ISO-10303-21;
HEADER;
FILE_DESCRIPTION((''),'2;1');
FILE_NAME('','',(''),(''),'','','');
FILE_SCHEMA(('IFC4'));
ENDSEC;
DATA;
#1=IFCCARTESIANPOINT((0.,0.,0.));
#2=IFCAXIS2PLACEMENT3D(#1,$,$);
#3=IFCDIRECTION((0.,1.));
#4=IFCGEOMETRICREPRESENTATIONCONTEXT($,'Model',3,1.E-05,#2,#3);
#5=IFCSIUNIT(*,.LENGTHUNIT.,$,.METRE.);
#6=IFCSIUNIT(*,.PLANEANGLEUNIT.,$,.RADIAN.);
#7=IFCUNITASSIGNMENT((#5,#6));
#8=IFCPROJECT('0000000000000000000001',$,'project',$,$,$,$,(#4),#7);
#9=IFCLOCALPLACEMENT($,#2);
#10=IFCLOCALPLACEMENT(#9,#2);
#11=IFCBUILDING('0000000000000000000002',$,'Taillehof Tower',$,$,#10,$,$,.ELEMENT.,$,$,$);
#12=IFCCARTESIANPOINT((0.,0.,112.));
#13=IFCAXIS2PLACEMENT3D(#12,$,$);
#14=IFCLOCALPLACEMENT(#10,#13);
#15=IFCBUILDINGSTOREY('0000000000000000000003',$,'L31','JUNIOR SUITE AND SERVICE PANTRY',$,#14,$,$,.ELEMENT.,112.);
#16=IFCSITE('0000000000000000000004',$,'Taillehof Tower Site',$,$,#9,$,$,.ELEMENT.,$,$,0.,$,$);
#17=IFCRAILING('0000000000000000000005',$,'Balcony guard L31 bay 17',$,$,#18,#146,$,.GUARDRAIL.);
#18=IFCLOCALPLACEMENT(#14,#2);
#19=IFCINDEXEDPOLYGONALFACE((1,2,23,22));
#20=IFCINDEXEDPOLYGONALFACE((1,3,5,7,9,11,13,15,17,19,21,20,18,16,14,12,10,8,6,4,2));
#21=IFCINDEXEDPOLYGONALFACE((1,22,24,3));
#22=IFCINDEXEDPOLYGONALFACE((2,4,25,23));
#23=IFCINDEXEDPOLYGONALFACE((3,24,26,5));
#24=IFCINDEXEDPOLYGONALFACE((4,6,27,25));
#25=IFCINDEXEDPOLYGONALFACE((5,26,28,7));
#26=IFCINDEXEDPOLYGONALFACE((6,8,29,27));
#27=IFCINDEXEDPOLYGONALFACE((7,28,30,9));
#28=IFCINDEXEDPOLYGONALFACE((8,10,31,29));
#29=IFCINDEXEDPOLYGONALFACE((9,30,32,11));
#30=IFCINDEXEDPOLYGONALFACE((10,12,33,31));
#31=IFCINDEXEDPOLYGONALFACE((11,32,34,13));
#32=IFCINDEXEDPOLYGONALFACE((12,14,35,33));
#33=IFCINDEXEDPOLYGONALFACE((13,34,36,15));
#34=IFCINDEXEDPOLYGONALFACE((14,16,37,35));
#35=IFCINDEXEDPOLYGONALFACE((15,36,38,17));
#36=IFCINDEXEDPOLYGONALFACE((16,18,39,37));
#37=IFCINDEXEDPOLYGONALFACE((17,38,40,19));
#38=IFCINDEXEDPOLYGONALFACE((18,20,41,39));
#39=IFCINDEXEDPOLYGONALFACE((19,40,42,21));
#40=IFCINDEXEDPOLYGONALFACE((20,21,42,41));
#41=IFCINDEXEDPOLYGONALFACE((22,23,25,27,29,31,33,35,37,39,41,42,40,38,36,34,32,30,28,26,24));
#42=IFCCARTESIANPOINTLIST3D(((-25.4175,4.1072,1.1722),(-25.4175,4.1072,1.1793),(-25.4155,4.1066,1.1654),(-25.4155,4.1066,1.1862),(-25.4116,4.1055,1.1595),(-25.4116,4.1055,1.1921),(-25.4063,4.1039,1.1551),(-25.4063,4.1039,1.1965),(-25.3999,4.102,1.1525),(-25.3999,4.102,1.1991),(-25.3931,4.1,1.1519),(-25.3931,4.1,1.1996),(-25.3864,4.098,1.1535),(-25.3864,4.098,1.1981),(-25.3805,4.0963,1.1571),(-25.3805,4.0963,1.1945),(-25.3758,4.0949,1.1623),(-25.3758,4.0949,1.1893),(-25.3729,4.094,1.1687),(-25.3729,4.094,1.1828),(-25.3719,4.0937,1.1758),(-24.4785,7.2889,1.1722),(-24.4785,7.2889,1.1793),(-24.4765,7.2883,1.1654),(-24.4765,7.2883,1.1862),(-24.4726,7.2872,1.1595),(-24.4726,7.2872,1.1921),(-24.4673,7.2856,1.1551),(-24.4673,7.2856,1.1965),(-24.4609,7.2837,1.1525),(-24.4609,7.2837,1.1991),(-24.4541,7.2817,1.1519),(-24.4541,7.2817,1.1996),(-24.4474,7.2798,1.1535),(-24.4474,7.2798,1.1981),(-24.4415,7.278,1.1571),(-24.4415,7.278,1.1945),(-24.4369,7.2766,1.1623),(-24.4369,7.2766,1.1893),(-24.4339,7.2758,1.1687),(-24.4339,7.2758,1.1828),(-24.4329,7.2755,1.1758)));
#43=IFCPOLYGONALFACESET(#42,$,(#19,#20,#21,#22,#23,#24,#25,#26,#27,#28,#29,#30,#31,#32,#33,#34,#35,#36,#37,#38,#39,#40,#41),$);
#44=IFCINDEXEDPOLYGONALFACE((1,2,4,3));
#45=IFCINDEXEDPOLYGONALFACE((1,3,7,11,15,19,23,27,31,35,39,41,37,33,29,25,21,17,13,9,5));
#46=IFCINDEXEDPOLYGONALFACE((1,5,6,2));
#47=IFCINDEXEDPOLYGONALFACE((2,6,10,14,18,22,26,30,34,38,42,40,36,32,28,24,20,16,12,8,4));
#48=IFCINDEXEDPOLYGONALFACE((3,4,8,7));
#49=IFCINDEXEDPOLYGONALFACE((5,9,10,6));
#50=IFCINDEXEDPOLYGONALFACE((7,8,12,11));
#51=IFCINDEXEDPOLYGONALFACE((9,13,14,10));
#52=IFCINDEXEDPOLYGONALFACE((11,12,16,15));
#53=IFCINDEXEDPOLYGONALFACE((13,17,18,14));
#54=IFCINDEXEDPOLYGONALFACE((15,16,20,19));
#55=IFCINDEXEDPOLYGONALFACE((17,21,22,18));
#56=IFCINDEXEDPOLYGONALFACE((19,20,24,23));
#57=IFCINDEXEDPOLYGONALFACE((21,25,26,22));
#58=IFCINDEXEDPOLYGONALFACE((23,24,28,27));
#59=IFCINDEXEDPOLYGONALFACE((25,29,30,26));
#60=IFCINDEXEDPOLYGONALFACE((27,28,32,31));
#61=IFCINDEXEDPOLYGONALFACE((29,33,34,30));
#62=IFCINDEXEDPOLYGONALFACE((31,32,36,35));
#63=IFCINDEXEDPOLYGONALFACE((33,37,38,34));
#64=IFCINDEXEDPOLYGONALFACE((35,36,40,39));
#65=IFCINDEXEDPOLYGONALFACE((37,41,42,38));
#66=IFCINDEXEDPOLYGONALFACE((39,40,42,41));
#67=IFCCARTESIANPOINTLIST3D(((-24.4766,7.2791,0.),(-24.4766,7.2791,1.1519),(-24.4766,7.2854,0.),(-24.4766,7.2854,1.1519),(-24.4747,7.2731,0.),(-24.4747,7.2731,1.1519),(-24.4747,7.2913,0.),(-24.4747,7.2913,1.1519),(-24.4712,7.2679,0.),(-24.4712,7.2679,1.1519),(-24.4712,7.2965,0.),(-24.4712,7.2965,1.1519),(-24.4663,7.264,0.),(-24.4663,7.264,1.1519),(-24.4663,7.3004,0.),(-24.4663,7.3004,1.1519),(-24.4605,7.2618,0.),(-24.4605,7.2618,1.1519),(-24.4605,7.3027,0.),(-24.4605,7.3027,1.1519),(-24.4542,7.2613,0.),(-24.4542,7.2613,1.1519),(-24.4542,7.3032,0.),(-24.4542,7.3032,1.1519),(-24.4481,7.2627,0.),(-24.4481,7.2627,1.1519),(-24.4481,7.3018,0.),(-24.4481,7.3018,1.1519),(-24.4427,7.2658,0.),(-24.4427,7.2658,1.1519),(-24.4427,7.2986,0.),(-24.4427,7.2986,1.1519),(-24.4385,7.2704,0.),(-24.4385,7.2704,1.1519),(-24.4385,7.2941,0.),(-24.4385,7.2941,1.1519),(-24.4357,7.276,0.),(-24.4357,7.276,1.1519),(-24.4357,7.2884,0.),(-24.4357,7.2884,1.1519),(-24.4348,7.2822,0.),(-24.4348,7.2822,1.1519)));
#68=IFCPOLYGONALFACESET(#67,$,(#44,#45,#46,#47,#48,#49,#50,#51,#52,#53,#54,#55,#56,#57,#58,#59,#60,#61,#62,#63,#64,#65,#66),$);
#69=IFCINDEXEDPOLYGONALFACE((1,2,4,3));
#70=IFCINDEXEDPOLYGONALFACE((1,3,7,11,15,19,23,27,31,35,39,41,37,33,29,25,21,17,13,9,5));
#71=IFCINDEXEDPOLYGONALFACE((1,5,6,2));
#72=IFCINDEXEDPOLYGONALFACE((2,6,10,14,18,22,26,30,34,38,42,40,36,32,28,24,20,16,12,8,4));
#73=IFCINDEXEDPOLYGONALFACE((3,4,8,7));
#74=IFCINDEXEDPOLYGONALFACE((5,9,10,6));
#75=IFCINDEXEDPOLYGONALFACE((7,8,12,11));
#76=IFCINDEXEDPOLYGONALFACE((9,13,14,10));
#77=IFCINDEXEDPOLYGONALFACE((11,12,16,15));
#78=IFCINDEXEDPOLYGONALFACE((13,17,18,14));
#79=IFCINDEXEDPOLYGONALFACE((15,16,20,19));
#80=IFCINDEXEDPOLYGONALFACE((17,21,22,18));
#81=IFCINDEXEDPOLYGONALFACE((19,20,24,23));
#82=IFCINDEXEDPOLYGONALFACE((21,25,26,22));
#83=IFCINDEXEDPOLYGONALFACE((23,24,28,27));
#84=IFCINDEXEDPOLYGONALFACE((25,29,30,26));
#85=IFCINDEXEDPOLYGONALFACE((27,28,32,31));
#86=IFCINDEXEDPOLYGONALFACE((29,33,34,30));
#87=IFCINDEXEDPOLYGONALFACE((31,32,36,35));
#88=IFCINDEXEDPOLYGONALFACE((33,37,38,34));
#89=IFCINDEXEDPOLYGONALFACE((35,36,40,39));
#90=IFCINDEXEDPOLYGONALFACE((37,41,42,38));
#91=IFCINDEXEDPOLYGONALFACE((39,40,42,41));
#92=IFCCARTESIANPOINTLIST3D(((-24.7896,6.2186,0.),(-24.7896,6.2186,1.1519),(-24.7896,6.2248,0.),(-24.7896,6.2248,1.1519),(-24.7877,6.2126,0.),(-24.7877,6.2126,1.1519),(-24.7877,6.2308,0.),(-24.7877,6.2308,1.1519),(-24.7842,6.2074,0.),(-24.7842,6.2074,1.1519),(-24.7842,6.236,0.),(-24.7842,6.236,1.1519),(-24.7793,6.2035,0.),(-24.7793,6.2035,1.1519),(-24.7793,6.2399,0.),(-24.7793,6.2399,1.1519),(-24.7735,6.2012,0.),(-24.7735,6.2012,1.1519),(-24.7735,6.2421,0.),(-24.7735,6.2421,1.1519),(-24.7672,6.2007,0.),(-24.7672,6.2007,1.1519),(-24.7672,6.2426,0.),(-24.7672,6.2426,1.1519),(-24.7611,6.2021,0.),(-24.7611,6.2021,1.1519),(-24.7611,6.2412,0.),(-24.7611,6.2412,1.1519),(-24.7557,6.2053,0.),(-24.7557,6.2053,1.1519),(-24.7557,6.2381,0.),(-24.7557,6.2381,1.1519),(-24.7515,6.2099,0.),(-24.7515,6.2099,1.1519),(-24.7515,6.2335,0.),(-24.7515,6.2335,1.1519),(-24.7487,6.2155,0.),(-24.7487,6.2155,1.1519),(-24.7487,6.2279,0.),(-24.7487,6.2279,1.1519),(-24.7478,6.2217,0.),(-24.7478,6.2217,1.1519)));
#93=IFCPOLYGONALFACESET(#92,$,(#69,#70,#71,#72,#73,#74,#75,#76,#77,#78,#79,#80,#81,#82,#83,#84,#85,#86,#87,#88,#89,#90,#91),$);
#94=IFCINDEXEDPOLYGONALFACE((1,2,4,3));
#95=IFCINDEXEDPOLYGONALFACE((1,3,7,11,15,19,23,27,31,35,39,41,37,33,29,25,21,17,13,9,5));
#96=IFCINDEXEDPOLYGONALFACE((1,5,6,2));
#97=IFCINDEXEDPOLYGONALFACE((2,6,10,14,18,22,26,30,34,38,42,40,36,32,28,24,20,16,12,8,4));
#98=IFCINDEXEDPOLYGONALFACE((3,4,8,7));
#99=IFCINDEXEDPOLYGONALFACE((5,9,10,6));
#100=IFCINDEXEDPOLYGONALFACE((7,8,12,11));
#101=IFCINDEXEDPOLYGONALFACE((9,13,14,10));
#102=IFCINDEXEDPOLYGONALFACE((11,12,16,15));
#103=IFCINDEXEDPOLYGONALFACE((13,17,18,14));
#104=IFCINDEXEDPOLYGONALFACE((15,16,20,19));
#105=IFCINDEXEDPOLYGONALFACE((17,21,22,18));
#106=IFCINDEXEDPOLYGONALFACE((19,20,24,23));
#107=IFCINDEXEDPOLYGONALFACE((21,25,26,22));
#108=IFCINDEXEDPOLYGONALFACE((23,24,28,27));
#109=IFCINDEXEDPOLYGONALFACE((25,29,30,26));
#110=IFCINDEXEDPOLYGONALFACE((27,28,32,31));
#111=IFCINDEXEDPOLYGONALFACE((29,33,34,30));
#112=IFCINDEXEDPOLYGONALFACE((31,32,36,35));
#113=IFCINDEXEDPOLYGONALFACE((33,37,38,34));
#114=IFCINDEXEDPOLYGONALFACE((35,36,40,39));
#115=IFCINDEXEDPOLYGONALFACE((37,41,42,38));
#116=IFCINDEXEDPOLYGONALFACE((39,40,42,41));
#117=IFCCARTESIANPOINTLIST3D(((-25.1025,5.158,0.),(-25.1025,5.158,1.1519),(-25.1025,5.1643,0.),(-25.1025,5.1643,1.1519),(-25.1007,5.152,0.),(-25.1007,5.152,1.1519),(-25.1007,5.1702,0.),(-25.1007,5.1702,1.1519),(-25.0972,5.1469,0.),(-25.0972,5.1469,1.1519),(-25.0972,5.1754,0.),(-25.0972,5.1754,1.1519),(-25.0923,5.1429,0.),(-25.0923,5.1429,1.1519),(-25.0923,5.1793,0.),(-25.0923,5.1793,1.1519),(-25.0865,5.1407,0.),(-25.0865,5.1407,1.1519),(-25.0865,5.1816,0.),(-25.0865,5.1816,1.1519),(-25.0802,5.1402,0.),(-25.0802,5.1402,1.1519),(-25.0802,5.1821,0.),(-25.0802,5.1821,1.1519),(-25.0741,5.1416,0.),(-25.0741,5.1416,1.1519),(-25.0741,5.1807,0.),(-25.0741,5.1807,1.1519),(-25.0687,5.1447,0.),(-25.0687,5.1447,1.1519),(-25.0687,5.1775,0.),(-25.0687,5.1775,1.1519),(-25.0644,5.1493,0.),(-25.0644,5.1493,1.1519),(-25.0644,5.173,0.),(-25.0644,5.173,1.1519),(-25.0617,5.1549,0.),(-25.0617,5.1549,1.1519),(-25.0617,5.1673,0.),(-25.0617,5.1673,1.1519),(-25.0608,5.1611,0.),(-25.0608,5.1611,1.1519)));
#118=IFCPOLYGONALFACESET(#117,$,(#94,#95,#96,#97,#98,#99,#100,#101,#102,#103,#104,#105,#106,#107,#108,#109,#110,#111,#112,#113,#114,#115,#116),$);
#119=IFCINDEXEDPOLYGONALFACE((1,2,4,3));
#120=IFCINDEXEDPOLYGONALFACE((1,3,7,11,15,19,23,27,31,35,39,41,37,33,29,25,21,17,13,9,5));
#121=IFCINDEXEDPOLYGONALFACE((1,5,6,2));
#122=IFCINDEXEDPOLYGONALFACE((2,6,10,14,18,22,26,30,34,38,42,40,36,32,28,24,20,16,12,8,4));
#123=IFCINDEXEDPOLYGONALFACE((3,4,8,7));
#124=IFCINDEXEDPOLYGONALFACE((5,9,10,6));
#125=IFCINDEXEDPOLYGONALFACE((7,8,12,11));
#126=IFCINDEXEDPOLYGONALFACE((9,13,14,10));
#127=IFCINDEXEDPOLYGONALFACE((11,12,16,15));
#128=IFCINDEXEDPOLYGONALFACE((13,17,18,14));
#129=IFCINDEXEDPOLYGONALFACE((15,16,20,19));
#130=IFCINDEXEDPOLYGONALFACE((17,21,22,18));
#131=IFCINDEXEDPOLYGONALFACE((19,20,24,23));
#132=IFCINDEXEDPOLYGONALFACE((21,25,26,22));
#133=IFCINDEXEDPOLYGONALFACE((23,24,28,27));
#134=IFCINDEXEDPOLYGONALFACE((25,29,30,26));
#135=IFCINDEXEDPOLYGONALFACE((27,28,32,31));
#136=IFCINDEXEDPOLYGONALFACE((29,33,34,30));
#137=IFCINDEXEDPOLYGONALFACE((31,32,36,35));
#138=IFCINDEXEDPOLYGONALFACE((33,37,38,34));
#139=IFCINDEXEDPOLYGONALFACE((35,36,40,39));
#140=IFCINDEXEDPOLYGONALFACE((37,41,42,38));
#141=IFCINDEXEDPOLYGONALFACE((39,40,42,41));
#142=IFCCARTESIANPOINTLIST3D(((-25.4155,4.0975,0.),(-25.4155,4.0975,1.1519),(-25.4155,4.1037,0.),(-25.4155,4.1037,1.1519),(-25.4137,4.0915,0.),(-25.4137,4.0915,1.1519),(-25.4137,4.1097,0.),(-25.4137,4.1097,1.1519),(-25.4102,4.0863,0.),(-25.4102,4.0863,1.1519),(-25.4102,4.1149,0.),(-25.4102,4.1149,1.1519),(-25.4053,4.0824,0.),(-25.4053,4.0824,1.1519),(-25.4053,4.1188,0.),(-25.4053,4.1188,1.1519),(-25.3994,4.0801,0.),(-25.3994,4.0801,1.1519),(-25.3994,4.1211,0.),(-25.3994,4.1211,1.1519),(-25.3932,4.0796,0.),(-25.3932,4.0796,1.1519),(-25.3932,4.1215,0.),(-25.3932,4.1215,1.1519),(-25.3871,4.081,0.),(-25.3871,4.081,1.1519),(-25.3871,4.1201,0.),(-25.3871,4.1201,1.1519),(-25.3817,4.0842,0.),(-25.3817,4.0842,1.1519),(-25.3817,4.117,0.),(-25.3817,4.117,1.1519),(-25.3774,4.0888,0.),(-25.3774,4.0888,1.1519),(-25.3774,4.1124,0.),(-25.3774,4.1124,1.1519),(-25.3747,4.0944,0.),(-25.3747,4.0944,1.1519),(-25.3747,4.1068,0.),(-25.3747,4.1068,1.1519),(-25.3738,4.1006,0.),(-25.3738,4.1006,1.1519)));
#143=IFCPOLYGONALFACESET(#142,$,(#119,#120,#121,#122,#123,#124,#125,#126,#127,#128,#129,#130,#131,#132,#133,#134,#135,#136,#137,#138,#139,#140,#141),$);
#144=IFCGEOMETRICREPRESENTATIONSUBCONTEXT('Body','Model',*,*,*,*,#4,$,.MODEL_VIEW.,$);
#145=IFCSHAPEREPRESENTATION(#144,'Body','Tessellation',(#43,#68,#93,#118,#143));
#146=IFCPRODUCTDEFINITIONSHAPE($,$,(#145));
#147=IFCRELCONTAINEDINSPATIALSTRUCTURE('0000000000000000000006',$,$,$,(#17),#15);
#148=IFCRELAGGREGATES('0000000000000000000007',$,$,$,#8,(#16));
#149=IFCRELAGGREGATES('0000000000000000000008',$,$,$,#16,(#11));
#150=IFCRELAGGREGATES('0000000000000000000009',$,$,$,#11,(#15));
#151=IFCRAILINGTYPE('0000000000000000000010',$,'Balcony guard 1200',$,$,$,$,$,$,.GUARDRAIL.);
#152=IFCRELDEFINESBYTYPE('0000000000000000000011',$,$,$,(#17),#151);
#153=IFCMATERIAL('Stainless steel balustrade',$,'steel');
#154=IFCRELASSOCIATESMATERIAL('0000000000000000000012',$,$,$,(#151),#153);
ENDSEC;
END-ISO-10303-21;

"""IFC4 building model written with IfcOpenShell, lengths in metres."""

from ifc_helpers import new_model, si_unit, direction, frame, origin, origin_2d, place, context, subcontext, project, spatial, circle, extrude, material, type_object, element, save


model = new_model("IFC4")

# Units and contexts
model_context = context("Model", 3, precision=1e-05, world=origin(), true_north=direction((0.0, 1.0)))
body_context = subcontext(model_context, "Body", "Model", "MODEL_VIEW")
ifc_project = project(units=[si_unit("LENGTHUNIT", "METRE"), si_unit("PLANEANGLEUNIT", "RADIAN")], contexts=[model_context])

# Site, building, storey
site_placement = place(None, origin())
site = spatial("IfcSite", under=ifc_project, at=site_placement, Name="Taillehof Tower Site", CompositionType="ELEMENT", RefElevation=0.0)
building_placement = place(site_placement, origin())
building = spatial("IfcBuilding", under=site, at=building_placement, Name="Taillehof Tower", CompositionType="ELEMENT")
storey_placement = place(building_placement, frame((0.0, 0.0, 112.0)))
storey = spatial("IfcBuildingStorey", under=building, at=storey_placement, Name="L31", Description="JUNIOR SUITE AND SERVICE PANTRY", CompositionType="ELEMENT", Elevation=112.0)

# Railing
ifc_material_1 = material(Name="Stainless steel balustrade", Category="steel")
railing_type = type_object("IfcRailingType", Name="Balcony guard 1200", PredefinedType="GUARDRAIL", material=ifc_material_1)
railing_placement = place(storey_placement, frame((-24.4558, 7.2822, 0.0)))
element("IfcRailing", 1, at=railing_placement, inside=storey, type_object=railing_type, Name="Balcony guard L31 bay 17", PredefinedType="GUARDRAIL", context=body_context, shape_type="SweptSolid", body=[
    extrude(circle(Radius=0.0239, at=origin_2d()), frame((0.0, 0.0, 1.1758), z_axis=(-0.283051, -0.959105, 0.0), x_axis=(0.959105, -0.283051, 0.0)), (0.0, 0.0, 1.0), 3.3174),
    extrude(circle(Radius=0.021, at=origin_2d()), origin(), (0.0, 0.0, 1.0), 1.1519),
    extrude(circle(Radius=0.021, at=origin_2d()), frame((-0.313, -1.0605, 0.0)), (0.0, 0.0, 1.0), 1.1519),
    extrude(circle(Radius=0.021, at=origin_2d()), frame((-0.626, -2.1211, 0.0)), (0.0, 0.0, 1.0), 1.1519),
    extrude(circle(Radius=0.021, at=origin_2d()), frame((-0.939, -3.1816, 0.0)), (0.0, 0.0, 1.0), 1.1519),
])

save(model, "model.ifc")
